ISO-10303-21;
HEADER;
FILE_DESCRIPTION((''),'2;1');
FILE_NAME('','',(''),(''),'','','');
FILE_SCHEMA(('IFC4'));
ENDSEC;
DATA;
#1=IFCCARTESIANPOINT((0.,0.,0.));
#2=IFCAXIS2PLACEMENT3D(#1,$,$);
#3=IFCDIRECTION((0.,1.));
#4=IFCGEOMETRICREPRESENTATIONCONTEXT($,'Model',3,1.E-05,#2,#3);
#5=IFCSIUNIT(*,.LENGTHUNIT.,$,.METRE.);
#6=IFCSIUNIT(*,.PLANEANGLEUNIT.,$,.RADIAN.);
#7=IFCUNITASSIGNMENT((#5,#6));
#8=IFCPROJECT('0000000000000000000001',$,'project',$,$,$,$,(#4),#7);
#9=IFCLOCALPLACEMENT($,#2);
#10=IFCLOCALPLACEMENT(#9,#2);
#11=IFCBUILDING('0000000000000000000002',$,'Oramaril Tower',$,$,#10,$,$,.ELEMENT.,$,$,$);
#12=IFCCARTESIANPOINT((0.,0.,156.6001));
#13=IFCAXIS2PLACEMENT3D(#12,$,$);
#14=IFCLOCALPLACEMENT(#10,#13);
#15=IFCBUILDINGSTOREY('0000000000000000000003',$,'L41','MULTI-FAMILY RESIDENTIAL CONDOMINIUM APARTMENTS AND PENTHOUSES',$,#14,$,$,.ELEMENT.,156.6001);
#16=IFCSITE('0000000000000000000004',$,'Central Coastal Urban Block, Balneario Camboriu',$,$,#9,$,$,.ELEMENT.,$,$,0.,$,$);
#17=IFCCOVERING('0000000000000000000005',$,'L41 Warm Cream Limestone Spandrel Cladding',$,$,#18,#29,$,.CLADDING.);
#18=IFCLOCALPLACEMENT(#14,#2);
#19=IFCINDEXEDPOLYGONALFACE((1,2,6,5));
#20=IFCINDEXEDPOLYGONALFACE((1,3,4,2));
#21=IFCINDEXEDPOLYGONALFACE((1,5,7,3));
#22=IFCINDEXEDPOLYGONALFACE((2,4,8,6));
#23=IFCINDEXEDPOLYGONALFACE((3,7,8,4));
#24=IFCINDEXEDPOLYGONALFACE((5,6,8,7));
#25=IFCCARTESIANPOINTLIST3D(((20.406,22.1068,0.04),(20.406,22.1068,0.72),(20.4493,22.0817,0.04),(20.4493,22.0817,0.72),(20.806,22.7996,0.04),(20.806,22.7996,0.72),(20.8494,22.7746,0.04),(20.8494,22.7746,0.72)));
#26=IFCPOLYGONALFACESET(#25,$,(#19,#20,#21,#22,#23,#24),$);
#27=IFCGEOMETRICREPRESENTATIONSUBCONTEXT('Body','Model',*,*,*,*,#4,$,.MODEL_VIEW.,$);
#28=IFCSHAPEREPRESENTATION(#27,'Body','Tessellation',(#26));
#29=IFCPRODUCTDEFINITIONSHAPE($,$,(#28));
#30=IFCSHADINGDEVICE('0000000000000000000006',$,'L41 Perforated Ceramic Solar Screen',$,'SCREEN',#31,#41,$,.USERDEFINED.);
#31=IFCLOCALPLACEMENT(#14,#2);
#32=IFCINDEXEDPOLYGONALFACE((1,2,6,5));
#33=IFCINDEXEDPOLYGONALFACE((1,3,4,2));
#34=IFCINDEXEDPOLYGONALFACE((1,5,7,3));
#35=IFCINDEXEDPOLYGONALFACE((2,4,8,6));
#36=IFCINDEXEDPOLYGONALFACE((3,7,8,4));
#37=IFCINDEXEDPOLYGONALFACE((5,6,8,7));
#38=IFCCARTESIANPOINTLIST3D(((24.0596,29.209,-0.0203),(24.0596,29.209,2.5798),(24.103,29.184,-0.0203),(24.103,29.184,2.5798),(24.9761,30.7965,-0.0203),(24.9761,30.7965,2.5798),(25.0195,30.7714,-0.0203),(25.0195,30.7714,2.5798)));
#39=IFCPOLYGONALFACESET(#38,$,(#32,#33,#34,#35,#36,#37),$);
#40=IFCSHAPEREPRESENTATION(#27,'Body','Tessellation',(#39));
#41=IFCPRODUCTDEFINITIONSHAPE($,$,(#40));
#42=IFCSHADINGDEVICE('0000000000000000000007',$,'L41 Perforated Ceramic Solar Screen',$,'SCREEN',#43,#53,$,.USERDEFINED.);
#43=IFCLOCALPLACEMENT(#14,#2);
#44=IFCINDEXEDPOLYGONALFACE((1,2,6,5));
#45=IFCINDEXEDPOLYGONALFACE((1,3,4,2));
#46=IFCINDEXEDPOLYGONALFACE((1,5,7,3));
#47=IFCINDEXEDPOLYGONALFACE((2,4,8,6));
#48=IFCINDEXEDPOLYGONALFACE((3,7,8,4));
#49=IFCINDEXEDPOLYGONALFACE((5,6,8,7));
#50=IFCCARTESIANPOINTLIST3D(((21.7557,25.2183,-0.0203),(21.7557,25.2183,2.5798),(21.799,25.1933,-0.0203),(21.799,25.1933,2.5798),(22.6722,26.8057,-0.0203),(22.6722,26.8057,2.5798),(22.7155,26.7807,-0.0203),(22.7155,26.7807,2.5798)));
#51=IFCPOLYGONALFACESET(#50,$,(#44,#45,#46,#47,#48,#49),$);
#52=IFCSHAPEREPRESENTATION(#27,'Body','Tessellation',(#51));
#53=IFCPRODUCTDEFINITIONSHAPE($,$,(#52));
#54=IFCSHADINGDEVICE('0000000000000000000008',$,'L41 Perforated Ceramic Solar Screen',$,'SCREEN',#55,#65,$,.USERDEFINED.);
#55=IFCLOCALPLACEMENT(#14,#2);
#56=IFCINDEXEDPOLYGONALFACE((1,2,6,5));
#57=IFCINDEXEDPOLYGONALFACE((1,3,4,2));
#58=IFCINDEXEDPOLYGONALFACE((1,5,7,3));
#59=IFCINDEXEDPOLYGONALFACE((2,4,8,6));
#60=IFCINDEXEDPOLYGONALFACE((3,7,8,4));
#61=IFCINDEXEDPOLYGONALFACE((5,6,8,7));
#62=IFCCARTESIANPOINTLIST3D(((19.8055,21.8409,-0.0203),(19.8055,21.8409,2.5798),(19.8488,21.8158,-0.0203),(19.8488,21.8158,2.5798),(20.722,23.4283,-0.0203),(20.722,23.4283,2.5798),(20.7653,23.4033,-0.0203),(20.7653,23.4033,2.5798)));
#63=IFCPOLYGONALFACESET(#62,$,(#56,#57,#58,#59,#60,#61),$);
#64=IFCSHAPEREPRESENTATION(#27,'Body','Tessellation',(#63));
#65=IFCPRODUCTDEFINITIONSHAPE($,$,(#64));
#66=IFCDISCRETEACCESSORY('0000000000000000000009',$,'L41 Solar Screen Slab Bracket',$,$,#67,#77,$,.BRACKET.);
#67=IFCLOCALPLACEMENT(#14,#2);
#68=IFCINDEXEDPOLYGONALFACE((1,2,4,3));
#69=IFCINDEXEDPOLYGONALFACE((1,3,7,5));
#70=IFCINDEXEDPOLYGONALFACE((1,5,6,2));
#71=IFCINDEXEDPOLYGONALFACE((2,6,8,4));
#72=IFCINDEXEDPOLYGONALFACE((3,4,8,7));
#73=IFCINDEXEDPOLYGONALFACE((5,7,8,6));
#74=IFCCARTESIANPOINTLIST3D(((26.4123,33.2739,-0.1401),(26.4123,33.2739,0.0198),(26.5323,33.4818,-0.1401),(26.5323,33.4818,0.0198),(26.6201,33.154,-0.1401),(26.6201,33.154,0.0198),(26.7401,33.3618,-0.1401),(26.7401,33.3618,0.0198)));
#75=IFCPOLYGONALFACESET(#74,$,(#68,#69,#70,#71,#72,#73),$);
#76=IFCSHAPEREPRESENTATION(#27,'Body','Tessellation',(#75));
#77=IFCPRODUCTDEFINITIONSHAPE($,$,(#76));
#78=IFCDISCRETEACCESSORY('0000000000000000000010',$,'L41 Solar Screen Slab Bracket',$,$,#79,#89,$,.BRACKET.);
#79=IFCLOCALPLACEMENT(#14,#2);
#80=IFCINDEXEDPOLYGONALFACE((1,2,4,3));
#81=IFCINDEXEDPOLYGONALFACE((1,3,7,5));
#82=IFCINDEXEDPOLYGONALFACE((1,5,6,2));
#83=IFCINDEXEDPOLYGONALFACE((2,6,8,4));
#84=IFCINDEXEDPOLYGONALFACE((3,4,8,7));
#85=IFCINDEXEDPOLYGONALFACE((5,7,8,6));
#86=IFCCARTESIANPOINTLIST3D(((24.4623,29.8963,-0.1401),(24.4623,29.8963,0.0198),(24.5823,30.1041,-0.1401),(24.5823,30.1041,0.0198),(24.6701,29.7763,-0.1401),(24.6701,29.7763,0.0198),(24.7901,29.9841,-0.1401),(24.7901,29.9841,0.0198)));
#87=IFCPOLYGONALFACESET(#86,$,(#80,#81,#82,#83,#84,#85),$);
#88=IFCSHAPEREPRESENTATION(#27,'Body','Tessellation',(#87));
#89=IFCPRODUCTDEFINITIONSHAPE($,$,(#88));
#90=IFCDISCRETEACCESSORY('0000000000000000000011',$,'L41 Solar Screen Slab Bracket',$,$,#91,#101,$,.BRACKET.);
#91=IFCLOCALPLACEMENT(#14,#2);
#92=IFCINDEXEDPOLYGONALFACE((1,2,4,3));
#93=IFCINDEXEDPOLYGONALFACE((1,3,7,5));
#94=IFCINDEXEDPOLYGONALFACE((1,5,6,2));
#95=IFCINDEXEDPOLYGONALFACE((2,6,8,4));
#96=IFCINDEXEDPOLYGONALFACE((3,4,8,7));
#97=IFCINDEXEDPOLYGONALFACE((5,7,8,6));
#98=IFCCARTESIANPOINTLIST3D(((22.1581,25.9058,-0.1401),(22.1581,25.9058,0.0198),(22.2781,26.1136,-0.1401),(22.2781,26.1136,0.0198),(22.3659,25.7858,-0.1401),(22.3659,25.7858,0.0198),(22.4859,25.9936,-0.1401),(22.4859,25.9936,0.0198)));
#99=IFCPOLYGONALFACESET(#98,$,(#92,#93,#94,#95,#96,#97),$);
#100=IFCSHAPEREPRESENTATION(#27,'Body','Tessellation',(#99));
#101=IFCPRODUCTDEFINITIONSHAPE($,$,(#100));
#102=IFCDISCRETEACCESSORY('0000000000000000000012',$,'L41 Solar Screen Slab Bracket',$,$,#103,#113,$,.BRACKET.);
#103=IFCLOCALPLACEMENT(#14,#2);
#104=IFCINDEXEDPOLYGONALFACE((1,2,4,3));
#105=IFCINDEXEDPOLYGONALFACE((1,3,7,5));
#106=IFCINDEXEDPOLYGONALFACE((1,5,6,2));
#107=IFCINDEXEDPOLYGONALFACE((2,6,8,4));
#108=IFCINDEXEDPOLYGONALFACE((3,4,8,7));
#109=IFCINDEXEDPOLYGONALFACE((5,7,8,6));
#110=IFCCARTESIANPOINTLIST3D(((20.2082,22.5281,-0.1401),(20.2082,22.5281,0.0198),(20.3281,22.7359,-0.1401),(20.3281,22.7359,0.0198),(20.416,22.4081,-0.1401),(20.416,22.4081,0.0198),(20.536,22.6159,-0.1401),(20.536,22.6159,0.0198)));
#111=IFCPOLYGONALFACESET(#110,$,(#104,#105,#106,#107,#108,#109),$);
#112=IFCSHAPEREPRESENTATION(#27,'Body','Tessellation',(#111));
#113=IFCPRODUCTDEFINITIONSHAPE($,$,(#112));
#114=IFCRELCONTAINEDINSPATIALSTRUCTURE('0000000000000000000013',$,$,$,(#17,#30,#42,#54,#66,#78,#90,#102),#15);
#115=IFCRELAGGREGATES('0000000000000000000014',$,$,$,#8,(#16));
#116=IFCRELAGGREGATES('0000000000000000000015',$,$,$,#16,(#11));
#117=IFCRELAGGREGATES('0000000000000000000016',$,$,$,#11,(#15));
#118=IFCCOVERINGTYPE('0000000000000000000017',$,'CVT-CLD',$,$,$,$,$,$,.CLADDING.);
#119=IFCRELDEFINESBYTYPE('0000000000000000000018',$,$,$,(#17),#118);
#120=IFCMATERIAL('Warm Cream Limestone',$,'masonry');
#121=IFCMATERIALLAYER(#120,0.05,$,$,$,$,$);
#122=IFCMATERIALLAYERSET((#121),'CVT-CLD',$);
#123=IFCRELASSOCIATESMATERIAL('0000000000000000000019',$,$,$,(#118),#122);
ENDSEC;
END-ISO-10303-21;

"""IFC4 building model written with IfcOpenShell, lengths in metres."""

from ifc_helpers import new_model, si_unit, direction, frame, origin, origin_2d, place, context, subcontext, project, spatial, rectangle, extrude, material, layer, layer_set, type_object, element, save


model = new_model("IFC4")

# Units and contexts
model_context = context("Model", 3, precision=1e-05, world=origin(), true_north=direction((0.0, 1.0)))
body_context = subcontext(model_context, "Body", "Model", "MODEL_VIEW")
ifc_project = project(units=[si_unit("LENGTHUNIT", "METRE"), si_unit("PLANEANGLEUNIT", "RADIAN")], contexts=[model_context])

# Site, building, storey
site_placement = place(None, origin())
site = spatial("IfcSite", under=ifc_project, at=site_placement, Name="Central Coastal Urban Block, Balneario Camboriu", CompositionType="ELEMENT", RefElevation=0.0)
building_placement = place(site_placement, origin())
building = spatial("IfcBuilding", under=site, at=building_placement, Name="Oramaril Tower", CompositionType="ELEMENT")
storey_placement = place(building_placement, frame((0.0, 0.0, 156.6001)))
storey = spatial("IfcBuildingStorey", under=building, at=storey_placement, Name="L41", Description="MULTI-FAMILY RESIDENTIAL CONDOMINIUM APARTMENTS AND PENTHOUSES", CompositionType="ELEMENT", Elevation=156.6001)

# Covering
ifc_material_1 = material(Name="Warm Cream Limestone", Category="masonry")
ifc_layer_1 = layer(ifc_material_1, 0.05)
ifc_layer_set_1 = layer_set([ifc_layer_1], Name="CVT-CLD")
covering_type = type_object("IfcCoveringType", Name="CVT-CLD", PredefinedType="CLADDING", material=ifc_layer_set_1)
covering_placement = place(storey_placement, frame((20.6277, 22.4407, 0.04), z_axis=(0.0, 0.0, 1.0), x_axis=(-0.5, -0.866025, 0.0)))
element("IfcCovering", 1, at=covering_placement, inside=storey, type_object=covering_type, Name="L41 Warm Cream Limestone Spandrel Cladding", PredefinedType="CLADDING", context=body_context, shape_type="SweptSolid", body=[
    extrude(rectangle(XDim=0.8, YDim=0.05, at=origin_2d()), origin(), (0.0, 0.0, 1.0), 0.6799),
])

# Shading devices
for number, where, z_axis, x_axis, name in (
    (2, (24.5396, 29.9902, -0.0203), (0.0, 0.0, 1.0), (-0.5, -0.866025, 0.0), "L41 Perforated Ceramic Solar Screen"),
    (3, (22.2356, 25.9995, -0.0203), (0.0, 0.0, 1.0), (-0.5, -0.866025, 0.0), "L41 Perforated Ceramic Solar Screen"),
    (4, (20.2854, 22.6221, -0.0203), (0.0, 0.0, 1.0), (-0.5, -0.866025, 0.0), "L41 Perforated Ceramic Solar Screen"),
):
    element("IfcShadingDevice", number, at=place(storey_placement, frame(where, z_axis=z_axis, x_axis=x_axis)), inside=storey, Name=name, ObjectType="SCREEN", PredefinedType="USERDEFINED", context=body_context, shape_type="SweptSolid", body=[
        extrude(rectangle(XDim=1.833, YDim=0.05, at=origin_2d()), origin(), (0.0, 0.0, 1.0), 2.6001),
    ])

# Discrete accessories
for number, where, z_axis, x_axis, name in (
    (5, (26.5762, 33.3179, -0.1401), (0.0, 0.0, 1.0), (-0.5, -0.866025, 0.0), "L41 Solar Screen Slab Bracket"),
    (6, (24.6262, 29.9402, -0.1401), (0.0, 0.0, 1.0), (-0.5, -0.866025, 0.0), "L41 Solar Screen Slab Bracket"),
    (7, (22.322, 25.9497, -0.1401), (0.0, 0.0, 1.0), (-0.5, -0.866025, 0.0), "L41 Solar Screen Slab Bracket"),
    (8, (20.3721, 22.572, -0.1401), (0.0, 0.0, 1.0), (-0.5, -0.866025, 0.0), "L41 Solar Screen Slab Bracket"),
):
    element("IfcDiscreteAccessory", number, at=place(storey_placement, frame(where, z_axis=z_axis, x_axis=x_axis)), inside=storey, Name=name, PredefinedType="BRACKET", context=body_context, shape_type="SweptSolid", body=[
        extrude(rectangle(XDim=0.24, YDim=0.24, at=origin_2d()), origin(), (0.0, 0.0, 1.0), 0.1599),
    ])

save(model, "model.ifc")
